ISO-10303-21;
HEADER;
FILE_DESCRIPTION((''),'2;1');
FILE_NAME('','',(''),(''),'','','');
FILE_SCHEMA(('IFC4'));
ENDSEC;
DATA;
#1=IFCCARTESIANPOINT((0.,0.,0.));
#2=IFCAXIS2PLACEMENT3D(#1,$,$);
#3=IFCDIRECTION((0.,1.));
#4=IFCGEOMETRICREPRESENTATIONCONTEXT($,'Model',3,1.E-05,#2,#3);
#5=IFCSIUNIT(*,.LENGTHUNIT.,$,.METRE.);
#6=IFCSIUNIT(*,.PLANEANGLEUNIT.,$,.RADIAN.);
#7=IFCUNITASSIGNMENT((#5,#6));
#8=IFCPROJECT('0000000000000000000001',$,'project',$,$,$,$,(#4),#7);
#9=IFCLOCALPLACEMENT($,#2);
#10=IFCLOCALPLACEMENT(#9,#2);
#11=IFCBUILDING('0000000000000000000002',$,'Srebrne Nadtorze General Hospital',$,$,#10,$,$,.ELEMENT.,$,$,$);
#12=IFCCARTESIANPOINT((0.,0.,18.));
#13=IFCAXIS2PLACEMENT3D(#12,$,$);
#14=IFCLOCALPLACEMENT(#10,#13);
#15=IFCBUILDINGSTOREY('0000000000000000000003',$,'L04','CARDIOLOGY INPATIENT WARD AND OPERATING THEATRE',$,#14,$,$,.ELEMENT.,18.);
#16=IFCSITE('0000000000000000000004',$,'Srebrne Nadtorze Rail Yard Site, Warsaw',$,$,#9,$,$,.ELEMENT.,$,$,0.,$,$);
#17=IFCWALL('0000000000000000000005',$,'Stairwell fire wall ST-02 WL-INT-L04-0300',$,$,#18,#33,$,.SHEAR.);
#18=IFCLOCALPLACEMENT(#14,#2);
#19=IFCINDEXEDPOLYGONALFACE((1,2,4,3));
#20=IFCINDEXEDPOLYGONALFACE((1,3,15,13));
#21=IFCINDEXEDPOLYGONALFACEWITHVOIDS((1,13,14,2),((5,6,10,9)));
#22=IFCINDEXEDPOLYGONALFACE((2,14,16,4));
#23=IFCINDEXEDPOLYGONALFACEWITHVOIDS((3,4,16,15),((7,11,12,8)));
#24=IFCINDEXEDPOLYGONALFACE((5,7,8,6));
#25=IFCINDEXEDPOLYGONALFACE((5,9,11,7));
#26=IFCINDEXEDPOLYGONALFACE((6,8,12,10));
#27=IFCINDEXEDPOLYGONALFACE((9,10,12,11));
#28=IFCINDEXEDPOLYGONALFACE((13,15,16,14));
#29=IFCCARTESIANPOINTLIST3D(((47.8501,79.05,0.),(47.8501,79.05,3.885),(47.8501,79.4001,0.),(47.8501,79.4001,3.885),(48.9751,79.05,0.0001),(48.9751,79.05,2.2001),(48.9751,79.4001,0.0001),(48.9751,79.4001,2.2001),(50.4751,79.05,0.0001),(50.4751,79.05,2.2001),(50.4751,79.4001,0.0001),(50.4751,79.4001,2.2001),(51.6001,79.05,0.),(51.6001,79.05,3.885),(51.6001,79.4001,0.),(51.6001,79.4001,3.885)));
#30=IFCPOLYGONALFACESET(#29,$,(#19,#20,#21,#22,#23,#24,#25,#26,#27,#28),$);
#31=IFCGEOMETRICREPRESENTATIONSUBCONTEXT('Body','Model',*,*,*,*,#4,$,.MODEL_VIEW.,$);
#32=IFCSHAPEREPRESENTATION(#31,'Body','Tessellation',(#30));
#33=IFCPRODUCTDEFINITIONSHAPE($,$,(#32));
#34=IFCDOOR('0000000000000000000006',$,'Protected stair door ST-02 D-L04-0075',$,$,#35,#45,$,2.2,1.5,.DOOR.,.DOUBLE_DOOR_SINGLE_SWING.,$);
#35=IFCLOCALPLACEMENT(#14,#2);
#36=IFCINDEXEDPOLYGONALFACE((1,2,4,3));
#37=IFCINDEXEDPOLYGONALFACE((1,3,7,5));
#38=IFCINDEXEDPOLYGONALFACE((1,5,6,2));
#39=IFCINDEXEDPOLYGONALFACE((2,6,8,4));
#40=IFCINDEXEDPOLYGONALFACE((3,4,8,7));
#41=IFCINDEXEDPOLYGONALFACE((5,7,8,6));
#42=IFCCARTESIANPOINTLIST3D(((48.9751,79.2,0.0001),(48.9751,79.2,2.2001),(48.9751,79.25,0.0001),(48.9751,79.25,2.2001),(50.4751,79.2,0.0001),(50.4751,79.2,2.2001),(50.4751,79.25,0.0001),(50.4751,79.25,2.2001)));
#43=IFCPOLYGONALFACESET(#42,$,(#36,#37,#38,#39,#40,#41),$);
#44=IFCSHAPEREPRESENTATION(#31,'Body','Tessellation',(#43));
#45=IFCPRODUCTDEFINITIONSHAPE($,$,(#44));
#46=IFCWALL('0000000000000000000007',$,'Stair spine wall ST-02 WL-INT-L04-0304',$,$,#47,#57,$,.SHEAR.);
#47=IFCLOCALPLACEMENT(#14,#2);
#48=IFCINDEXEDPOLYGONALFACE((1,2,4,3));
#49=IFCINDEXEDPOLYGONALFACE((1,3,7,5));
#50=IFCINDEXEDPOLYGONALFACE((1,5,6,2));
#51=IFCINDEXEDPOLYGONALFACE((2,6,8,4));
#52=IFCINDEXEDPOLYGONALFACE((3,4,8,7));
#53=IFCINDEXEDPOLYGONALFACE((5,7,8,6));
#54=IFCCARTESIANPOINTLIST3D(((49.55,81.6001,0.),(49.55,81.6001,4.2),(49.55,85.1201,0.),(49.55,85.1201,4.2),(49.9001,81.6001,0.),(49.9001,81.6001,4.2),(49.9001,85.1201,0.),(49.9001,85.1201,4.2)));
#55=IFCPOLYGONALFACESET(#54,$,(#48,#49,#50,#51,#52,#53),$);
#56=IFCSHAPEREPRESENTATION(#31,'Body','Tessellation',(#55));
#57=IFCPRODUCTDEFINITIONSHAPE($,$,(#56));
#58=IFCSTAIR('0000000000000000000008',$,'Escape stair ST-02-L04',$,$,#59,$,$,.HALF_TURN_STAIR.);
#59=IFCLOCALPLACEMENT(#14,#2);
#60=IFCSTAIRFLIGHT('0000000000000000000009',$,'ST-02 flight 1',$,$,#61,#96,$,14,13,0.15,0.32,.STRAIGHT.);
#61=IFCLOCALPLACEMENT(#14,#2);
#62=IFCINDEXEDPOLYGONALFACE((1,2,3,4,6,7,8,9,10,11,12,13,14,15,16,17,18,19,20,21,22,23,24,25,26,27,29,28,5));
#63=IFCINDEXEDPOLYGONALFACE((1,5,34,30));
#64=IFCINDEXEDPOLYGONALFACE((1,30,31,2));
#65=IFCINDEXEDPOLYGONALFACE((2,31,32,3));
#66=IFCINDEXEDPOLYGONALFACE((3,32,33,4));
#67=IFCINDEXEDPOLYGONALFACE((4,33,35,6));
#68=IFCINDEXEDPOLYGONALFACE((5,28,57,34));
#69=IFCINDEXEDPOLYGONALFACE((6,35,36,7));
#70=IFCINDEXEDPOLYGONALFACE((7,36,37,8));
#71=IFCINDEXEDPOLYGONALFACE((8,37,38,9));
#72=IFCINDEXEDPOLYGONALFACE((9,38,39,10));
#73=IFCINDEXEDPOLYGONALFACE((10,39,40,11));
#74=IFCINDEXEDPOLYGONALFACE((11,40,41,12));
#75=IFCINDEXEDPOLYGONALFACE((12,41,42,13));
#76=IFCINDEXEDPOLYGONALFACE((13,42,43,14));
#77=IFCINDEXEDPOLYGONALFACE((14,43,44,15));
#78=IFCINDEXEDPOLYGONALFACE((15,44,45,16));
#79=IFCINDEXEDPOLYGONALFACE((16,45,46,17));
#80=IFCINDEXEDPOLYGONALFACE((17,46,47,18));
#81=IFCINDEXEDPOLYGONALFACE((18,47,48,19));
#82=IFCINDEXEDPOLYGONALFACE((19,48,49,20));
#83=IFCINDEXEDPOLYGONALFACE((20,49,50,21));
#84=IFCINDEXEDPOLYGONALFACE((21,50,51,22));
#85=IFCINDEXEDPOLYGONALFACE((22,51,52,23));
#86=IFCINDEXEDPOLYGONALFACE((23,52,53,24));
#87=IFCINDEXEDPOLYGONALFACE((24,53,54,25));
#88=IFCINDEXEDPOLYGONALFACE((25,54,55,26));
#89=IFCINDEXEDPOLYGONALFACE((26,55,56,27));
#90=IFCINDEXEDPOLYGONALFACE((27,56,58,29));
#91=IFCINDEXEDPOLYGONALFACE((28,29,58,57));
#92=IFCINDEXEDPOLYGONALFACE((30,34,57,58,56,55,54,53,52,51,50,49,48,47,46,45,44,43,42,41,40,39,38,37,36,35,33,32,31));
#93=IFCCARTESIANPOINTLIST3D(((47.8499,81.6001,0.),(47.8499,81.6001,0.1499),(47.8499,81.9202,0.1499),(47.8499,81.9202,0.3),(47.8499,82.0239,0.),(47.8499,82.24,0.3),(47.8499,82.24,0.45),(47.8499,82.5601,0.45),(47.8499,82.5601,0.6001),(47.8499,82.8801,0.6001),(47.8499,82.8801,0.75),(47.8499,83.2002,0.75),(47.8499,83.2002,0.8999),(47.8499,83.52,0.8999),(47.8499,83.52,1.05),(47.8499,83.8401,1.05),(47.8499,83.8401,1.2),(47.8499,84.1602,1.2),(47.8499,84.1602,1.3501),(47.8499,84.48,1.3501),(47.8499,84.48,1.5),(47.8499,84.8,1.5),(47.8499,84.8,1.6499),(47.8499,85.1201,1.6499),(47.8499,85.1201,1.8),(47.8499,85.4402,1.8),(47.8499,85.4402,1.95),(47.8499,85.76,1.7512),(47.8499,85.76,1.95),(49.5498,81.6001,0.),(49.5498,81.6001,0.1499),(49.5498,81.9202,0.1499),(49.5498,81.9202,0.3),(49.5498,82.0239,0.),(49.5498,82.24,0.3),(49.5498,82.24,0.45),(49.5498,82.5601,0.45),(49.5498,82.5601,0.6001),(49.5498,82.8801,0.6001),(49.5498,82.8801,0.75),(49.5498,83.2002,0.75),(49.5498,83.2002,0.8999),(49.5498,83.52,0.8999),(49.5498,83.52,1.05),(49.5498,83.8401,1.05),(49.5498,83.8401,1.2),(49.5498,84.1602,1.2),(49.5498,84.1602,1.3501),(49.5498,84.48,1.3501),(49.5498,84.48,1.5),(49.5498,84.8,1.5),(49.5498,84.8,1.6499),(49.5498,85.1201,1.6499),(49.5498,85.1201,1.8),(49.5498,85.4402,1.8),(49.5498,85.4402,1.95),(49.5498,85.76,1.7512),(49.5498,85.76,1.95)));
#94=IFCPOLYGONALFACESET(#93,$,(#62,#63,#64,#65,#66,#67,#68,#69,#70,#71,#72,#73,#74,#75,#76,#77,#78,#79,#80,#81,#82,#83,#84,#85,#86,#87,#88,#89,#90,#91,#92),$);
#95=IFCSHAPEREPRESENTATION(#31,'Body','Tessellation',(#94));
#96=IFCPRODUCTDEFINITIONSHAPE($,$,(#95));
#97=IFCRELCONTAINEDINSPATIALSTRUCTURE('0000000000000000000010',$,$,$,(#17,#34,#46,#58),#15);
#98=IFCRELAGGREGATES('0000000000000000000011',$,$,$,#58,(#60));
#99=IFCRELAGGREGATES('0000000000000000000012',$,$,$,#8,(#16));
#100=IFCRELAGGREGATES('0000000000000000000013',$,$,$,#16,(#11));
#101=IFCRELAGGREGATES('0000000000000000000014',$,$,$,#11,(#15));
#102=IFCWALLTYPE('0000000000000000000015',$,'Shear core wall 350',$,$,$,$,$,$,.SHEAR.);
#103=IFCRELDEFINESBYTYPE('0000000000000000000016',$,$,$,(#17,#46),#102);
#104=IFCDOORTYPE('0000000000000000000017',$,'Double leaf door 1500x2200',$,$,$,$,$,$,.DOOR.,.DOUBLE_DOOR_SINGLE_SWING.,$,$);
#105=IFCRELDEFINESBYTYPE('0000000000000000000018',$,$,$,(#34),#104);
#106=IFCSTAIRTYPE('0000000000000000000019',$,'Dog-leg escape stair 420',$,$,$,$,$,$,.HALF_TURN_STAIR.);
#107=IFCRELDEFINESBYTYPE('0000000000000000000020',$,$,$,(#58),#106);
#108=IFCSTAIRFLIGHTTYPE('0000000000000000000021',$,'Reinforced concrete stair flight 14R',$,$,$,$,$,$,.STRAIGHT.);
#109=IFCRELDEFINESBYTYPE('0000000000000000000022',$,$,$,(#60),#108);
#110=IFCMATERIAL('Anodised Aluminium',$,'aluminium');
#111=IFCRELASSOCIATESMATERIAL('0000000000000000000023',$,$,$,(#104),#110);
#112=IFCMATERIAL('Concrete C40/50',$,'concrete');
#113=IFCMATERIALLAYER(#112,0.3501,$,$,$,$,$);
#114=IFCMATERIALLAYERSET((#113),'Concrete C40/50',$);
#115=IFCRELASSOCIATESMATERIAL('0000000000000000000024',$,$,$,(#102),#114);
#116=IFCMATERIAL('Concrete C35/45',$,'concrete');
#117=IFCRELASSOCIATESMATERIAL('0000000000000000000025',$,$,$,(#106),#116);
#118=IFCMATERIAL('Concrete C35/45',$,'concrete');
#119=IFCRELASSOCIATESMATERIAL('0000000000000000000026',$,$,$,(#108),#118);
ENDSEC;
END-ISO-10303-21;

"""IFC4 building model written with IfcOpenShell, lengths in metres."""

from ifc_helpers import new_model, si_unit, direction, frame, frame_2d, origin, place, context, subcontext, project, spatial, polyline, rectangle, outline, extrude, material, layer, layer_set, type_object, element, fill, aggregate, save


model = new_model("IFC4")

# Units and contexts
model_context = context("Model", 3, precision=1e-05, world=origin(), true_north=direction((0.0, 1.0)))
body_context = subcontext(model_context, "Body", "Model", "MODEL_VIEW")
ifc_project = project(units=[si_unit("LENGTHUNIT", "METRE"), si_unit("PLANEANGLEUNIT", "RADIAN")], contexts=[model_context])

# Site, building, storey
site_placement = place(None, origin())
site = spatial("IfcSite", under=ifc_project, at=site_placement, Name="Srebrne Nadtorze Rail Yard Site, Warsaw", CompositionType="ELEMENT", RefElevation=0.0)
building_placement = place(site_placement, origin())
building = spatial("IfcBuilding", under=site, at=building_placement, Name="Srebrne Nadtorze General Hospital", CompositionType="ELEMENT")
storey_placement = place(building_placement, frame((0.0, 0.0, 18.0)))
storey = spatial("IfcBuildingStorey", under=building, at=storey_placement, Name="L04", Description="CARDIOLOGY INPATIENT WARD AND OPERATING THEATRE", CompositionType="ELEMENT", Elevation=18.0)

# Shared definitions
ifc_material_1 = material(Name="Anodised Aluminium", Category="aluminium")
door_type_1 = type_object("IfcDoorType", Name="Double leaf door 1500x2200", OperationType="DOUBLE_DOOR_SINGLE_SWING", PredefinedType="DOOR", material=ifc_material_1)

# Shared definitions
ifc_material_2 = material(Name="Concrete C40/50", Category="concrete")
ifc_layer_1 = layer(ifc_material_2, 0.3501)
ifc_layer_set_1 = layer_set([ifc_layer_1], Name="Concrete C40/50")
wall_type_1 = type_object("IfcWallType", Name="Shear core wall 350", PredefinedType="SHEAR", material=ifc_layer_set_1)

# Wall, opening, door
wall_1_placement = place(storey_placement, frame((47.8501, 79.2251, 0.0), z_axis=(0.0, 0.0, 1.0), x_axis=(1.0, 0.0, 0.0)))
wall_1 = element("IfcWall", 1, at=wall_1_placement, inside=storey, type_object=wall_type_1, Name="Stairwell fire wall ST-02 WL-INT-L04-0300", PredefinedType="SHEAR", context=body_context, shape_type="SweptSolid", body=[
    extrude(rectangle(XDim=3.75, YDim=0.3501, at=frame_2d((1.875, 0.0))), origin(), (0.0, 0.0, 1.0), 3.885),
])
opening_1_placement = place(wall_1_placement, frame((1.125, 0.0, 0.0)))
opening_1 = element("IfcOpeningElement", 2, at=opening_1_placement, cuts=wall_1, PredefinedType="OPENING", context=body_context, shape_type="SweptSolid", body=[
    extrude(rectangle(XDim=1.5, YDim=2.2, at=frame_2d((0.75, 1.1001))), frame((0.0, 0.187, 0.0), z_axis=(0.0, -1.0, 0.0), x_axis=(1.0, 0.0, 0.0)), (0.0, 0.0, 1.0), 0.374),
])
door_1_placement = place(opening_1_placement, origin())
door_1 = element("IfcDoor", 3, at=door_1_placement, inside=storey, type_object=door_type_1, Name="Protected stair door ST-02 D-L04-0075", OperationType="DOUBLE_DOOR_SINGLE_SWING", OverallHeight=2.2, OverallWidth=1.5, PredefinedType="DOOR", context=body_context, shape_type="SweptSolid", body=[
    extrude(rectangle(XDim=1.5, YDim=2.2, at=frame_2d((0.75, 1.1001))), frame((0.0, 0.0249, 0.0), z_axis=(0.0, -1.0, 0.0), x_axis=(1.0, 0.0, 0.0)), (0.0, 0.0, 1.0), 0.05),
])
fill(opening_1, door_1)

# Wall
wall_2_placement = place(storey_placement, frame((49.7251, 81.6001, 0.0), z_axis=(0.0, 0.0, 1.0), x_axis=(0.0, 1.0, 0.0)))
element("IfcWall", 4, at=wall_2_placement, inside=storey, type_object=wall_type_1, Name="Stair spine wall ST-02 WL-INT-L04-0304", PredefinedType="SHEAR", context=body_context, shape_type="SweptSolid", body=[
    extrude(rectangle(XDim=3.52, YDim=0.3501, at=frame_2d((1.76, 0.0))), origin(), (0.0, 0.0, 1.0), 4.2),
])

# Stair, stair flight
ifc_material_3 = material(Name="Concrete C35/45", Category="concrete")
stair_type = type_object("IfcStairType", Name="Dog-leg escape stair 420", PredefinedType="HALF_TURN_STAIR", material=ifc_material_3)
stair_placement = place(storey_placement, origin())
stair = element("IfcStair", 5, at=stair_placement, inside=storey, type_object=stair_type, Name="Escape stair ST-02-L04", PredefinedType="HALF_TURN_STAIR")
ifc_material_4 = material(Name="Concrete C35/45", Category="concrete")
stair_flight_type = type_object("IfcStairFlightType", Name="Reinforced concrete stair flight 14R", PredefinedType="STRAIGHT", material=ifc_material_4)
stair_flight_placement = place(storey_placement, frame((48.7, 81.6001, 0.0), z_axis=(0.0, 0.0, 1.0), x_axis=(0.0, 1.0, 0.0)))
stair_flight = element("IfcStairFlight", 6, at=stair_flight_placement, type_object=stair_flight_type, Name="ST-02 flight 1", NumberOfRisers=14, NumberOfTreads=13, PredefinedType="STRAIGHT", RiserHeight=0.15, TreadLength=0.32, context=body_context, shape_type="SweptSolid", body=[
    extrude(outline(polyline([(0.0, 0.0), (0.0, 0.1499), (0.3201, 0.1499), (0.3201, 0.3), (0.6399, 0.3), (0.6399, 0.45), (0.96, 0.45), (0.96, 0.6001), (1.28, 0.6001), (1.28, 0.75), (1.6001, 0.75), (1.6001, 0.8999), (1.9199, 0.8999), (1.9199, 1.05), (2.24, 1.05), (2.24, 1.2), (2.5601, 1.2), (2.5601, 1.3501), (2.8799, 1.3501), (2.8799, 1.5), (3.2, 1.5), (3.2, 1.6499), (3.52, 1.6499), (3.52, 1.8), (3.8401, 1.8), (3.8401, 1.95), (4.1599, 1.95), (4.1599, 2.1001), (4.1599, 1.7512), (0.4238, 0.0), (0.0, 0.0)])), frame((0.0, 0.8501, 0.0), z_axis=(0.0, -1.0, 0.0), x_axis=(1.0, 0.0, 0.0)), (0.0, 0.0, 1.0), 1.7),
])
aggregate(stair, [stair_flight])

save(model, "model.ifc")
